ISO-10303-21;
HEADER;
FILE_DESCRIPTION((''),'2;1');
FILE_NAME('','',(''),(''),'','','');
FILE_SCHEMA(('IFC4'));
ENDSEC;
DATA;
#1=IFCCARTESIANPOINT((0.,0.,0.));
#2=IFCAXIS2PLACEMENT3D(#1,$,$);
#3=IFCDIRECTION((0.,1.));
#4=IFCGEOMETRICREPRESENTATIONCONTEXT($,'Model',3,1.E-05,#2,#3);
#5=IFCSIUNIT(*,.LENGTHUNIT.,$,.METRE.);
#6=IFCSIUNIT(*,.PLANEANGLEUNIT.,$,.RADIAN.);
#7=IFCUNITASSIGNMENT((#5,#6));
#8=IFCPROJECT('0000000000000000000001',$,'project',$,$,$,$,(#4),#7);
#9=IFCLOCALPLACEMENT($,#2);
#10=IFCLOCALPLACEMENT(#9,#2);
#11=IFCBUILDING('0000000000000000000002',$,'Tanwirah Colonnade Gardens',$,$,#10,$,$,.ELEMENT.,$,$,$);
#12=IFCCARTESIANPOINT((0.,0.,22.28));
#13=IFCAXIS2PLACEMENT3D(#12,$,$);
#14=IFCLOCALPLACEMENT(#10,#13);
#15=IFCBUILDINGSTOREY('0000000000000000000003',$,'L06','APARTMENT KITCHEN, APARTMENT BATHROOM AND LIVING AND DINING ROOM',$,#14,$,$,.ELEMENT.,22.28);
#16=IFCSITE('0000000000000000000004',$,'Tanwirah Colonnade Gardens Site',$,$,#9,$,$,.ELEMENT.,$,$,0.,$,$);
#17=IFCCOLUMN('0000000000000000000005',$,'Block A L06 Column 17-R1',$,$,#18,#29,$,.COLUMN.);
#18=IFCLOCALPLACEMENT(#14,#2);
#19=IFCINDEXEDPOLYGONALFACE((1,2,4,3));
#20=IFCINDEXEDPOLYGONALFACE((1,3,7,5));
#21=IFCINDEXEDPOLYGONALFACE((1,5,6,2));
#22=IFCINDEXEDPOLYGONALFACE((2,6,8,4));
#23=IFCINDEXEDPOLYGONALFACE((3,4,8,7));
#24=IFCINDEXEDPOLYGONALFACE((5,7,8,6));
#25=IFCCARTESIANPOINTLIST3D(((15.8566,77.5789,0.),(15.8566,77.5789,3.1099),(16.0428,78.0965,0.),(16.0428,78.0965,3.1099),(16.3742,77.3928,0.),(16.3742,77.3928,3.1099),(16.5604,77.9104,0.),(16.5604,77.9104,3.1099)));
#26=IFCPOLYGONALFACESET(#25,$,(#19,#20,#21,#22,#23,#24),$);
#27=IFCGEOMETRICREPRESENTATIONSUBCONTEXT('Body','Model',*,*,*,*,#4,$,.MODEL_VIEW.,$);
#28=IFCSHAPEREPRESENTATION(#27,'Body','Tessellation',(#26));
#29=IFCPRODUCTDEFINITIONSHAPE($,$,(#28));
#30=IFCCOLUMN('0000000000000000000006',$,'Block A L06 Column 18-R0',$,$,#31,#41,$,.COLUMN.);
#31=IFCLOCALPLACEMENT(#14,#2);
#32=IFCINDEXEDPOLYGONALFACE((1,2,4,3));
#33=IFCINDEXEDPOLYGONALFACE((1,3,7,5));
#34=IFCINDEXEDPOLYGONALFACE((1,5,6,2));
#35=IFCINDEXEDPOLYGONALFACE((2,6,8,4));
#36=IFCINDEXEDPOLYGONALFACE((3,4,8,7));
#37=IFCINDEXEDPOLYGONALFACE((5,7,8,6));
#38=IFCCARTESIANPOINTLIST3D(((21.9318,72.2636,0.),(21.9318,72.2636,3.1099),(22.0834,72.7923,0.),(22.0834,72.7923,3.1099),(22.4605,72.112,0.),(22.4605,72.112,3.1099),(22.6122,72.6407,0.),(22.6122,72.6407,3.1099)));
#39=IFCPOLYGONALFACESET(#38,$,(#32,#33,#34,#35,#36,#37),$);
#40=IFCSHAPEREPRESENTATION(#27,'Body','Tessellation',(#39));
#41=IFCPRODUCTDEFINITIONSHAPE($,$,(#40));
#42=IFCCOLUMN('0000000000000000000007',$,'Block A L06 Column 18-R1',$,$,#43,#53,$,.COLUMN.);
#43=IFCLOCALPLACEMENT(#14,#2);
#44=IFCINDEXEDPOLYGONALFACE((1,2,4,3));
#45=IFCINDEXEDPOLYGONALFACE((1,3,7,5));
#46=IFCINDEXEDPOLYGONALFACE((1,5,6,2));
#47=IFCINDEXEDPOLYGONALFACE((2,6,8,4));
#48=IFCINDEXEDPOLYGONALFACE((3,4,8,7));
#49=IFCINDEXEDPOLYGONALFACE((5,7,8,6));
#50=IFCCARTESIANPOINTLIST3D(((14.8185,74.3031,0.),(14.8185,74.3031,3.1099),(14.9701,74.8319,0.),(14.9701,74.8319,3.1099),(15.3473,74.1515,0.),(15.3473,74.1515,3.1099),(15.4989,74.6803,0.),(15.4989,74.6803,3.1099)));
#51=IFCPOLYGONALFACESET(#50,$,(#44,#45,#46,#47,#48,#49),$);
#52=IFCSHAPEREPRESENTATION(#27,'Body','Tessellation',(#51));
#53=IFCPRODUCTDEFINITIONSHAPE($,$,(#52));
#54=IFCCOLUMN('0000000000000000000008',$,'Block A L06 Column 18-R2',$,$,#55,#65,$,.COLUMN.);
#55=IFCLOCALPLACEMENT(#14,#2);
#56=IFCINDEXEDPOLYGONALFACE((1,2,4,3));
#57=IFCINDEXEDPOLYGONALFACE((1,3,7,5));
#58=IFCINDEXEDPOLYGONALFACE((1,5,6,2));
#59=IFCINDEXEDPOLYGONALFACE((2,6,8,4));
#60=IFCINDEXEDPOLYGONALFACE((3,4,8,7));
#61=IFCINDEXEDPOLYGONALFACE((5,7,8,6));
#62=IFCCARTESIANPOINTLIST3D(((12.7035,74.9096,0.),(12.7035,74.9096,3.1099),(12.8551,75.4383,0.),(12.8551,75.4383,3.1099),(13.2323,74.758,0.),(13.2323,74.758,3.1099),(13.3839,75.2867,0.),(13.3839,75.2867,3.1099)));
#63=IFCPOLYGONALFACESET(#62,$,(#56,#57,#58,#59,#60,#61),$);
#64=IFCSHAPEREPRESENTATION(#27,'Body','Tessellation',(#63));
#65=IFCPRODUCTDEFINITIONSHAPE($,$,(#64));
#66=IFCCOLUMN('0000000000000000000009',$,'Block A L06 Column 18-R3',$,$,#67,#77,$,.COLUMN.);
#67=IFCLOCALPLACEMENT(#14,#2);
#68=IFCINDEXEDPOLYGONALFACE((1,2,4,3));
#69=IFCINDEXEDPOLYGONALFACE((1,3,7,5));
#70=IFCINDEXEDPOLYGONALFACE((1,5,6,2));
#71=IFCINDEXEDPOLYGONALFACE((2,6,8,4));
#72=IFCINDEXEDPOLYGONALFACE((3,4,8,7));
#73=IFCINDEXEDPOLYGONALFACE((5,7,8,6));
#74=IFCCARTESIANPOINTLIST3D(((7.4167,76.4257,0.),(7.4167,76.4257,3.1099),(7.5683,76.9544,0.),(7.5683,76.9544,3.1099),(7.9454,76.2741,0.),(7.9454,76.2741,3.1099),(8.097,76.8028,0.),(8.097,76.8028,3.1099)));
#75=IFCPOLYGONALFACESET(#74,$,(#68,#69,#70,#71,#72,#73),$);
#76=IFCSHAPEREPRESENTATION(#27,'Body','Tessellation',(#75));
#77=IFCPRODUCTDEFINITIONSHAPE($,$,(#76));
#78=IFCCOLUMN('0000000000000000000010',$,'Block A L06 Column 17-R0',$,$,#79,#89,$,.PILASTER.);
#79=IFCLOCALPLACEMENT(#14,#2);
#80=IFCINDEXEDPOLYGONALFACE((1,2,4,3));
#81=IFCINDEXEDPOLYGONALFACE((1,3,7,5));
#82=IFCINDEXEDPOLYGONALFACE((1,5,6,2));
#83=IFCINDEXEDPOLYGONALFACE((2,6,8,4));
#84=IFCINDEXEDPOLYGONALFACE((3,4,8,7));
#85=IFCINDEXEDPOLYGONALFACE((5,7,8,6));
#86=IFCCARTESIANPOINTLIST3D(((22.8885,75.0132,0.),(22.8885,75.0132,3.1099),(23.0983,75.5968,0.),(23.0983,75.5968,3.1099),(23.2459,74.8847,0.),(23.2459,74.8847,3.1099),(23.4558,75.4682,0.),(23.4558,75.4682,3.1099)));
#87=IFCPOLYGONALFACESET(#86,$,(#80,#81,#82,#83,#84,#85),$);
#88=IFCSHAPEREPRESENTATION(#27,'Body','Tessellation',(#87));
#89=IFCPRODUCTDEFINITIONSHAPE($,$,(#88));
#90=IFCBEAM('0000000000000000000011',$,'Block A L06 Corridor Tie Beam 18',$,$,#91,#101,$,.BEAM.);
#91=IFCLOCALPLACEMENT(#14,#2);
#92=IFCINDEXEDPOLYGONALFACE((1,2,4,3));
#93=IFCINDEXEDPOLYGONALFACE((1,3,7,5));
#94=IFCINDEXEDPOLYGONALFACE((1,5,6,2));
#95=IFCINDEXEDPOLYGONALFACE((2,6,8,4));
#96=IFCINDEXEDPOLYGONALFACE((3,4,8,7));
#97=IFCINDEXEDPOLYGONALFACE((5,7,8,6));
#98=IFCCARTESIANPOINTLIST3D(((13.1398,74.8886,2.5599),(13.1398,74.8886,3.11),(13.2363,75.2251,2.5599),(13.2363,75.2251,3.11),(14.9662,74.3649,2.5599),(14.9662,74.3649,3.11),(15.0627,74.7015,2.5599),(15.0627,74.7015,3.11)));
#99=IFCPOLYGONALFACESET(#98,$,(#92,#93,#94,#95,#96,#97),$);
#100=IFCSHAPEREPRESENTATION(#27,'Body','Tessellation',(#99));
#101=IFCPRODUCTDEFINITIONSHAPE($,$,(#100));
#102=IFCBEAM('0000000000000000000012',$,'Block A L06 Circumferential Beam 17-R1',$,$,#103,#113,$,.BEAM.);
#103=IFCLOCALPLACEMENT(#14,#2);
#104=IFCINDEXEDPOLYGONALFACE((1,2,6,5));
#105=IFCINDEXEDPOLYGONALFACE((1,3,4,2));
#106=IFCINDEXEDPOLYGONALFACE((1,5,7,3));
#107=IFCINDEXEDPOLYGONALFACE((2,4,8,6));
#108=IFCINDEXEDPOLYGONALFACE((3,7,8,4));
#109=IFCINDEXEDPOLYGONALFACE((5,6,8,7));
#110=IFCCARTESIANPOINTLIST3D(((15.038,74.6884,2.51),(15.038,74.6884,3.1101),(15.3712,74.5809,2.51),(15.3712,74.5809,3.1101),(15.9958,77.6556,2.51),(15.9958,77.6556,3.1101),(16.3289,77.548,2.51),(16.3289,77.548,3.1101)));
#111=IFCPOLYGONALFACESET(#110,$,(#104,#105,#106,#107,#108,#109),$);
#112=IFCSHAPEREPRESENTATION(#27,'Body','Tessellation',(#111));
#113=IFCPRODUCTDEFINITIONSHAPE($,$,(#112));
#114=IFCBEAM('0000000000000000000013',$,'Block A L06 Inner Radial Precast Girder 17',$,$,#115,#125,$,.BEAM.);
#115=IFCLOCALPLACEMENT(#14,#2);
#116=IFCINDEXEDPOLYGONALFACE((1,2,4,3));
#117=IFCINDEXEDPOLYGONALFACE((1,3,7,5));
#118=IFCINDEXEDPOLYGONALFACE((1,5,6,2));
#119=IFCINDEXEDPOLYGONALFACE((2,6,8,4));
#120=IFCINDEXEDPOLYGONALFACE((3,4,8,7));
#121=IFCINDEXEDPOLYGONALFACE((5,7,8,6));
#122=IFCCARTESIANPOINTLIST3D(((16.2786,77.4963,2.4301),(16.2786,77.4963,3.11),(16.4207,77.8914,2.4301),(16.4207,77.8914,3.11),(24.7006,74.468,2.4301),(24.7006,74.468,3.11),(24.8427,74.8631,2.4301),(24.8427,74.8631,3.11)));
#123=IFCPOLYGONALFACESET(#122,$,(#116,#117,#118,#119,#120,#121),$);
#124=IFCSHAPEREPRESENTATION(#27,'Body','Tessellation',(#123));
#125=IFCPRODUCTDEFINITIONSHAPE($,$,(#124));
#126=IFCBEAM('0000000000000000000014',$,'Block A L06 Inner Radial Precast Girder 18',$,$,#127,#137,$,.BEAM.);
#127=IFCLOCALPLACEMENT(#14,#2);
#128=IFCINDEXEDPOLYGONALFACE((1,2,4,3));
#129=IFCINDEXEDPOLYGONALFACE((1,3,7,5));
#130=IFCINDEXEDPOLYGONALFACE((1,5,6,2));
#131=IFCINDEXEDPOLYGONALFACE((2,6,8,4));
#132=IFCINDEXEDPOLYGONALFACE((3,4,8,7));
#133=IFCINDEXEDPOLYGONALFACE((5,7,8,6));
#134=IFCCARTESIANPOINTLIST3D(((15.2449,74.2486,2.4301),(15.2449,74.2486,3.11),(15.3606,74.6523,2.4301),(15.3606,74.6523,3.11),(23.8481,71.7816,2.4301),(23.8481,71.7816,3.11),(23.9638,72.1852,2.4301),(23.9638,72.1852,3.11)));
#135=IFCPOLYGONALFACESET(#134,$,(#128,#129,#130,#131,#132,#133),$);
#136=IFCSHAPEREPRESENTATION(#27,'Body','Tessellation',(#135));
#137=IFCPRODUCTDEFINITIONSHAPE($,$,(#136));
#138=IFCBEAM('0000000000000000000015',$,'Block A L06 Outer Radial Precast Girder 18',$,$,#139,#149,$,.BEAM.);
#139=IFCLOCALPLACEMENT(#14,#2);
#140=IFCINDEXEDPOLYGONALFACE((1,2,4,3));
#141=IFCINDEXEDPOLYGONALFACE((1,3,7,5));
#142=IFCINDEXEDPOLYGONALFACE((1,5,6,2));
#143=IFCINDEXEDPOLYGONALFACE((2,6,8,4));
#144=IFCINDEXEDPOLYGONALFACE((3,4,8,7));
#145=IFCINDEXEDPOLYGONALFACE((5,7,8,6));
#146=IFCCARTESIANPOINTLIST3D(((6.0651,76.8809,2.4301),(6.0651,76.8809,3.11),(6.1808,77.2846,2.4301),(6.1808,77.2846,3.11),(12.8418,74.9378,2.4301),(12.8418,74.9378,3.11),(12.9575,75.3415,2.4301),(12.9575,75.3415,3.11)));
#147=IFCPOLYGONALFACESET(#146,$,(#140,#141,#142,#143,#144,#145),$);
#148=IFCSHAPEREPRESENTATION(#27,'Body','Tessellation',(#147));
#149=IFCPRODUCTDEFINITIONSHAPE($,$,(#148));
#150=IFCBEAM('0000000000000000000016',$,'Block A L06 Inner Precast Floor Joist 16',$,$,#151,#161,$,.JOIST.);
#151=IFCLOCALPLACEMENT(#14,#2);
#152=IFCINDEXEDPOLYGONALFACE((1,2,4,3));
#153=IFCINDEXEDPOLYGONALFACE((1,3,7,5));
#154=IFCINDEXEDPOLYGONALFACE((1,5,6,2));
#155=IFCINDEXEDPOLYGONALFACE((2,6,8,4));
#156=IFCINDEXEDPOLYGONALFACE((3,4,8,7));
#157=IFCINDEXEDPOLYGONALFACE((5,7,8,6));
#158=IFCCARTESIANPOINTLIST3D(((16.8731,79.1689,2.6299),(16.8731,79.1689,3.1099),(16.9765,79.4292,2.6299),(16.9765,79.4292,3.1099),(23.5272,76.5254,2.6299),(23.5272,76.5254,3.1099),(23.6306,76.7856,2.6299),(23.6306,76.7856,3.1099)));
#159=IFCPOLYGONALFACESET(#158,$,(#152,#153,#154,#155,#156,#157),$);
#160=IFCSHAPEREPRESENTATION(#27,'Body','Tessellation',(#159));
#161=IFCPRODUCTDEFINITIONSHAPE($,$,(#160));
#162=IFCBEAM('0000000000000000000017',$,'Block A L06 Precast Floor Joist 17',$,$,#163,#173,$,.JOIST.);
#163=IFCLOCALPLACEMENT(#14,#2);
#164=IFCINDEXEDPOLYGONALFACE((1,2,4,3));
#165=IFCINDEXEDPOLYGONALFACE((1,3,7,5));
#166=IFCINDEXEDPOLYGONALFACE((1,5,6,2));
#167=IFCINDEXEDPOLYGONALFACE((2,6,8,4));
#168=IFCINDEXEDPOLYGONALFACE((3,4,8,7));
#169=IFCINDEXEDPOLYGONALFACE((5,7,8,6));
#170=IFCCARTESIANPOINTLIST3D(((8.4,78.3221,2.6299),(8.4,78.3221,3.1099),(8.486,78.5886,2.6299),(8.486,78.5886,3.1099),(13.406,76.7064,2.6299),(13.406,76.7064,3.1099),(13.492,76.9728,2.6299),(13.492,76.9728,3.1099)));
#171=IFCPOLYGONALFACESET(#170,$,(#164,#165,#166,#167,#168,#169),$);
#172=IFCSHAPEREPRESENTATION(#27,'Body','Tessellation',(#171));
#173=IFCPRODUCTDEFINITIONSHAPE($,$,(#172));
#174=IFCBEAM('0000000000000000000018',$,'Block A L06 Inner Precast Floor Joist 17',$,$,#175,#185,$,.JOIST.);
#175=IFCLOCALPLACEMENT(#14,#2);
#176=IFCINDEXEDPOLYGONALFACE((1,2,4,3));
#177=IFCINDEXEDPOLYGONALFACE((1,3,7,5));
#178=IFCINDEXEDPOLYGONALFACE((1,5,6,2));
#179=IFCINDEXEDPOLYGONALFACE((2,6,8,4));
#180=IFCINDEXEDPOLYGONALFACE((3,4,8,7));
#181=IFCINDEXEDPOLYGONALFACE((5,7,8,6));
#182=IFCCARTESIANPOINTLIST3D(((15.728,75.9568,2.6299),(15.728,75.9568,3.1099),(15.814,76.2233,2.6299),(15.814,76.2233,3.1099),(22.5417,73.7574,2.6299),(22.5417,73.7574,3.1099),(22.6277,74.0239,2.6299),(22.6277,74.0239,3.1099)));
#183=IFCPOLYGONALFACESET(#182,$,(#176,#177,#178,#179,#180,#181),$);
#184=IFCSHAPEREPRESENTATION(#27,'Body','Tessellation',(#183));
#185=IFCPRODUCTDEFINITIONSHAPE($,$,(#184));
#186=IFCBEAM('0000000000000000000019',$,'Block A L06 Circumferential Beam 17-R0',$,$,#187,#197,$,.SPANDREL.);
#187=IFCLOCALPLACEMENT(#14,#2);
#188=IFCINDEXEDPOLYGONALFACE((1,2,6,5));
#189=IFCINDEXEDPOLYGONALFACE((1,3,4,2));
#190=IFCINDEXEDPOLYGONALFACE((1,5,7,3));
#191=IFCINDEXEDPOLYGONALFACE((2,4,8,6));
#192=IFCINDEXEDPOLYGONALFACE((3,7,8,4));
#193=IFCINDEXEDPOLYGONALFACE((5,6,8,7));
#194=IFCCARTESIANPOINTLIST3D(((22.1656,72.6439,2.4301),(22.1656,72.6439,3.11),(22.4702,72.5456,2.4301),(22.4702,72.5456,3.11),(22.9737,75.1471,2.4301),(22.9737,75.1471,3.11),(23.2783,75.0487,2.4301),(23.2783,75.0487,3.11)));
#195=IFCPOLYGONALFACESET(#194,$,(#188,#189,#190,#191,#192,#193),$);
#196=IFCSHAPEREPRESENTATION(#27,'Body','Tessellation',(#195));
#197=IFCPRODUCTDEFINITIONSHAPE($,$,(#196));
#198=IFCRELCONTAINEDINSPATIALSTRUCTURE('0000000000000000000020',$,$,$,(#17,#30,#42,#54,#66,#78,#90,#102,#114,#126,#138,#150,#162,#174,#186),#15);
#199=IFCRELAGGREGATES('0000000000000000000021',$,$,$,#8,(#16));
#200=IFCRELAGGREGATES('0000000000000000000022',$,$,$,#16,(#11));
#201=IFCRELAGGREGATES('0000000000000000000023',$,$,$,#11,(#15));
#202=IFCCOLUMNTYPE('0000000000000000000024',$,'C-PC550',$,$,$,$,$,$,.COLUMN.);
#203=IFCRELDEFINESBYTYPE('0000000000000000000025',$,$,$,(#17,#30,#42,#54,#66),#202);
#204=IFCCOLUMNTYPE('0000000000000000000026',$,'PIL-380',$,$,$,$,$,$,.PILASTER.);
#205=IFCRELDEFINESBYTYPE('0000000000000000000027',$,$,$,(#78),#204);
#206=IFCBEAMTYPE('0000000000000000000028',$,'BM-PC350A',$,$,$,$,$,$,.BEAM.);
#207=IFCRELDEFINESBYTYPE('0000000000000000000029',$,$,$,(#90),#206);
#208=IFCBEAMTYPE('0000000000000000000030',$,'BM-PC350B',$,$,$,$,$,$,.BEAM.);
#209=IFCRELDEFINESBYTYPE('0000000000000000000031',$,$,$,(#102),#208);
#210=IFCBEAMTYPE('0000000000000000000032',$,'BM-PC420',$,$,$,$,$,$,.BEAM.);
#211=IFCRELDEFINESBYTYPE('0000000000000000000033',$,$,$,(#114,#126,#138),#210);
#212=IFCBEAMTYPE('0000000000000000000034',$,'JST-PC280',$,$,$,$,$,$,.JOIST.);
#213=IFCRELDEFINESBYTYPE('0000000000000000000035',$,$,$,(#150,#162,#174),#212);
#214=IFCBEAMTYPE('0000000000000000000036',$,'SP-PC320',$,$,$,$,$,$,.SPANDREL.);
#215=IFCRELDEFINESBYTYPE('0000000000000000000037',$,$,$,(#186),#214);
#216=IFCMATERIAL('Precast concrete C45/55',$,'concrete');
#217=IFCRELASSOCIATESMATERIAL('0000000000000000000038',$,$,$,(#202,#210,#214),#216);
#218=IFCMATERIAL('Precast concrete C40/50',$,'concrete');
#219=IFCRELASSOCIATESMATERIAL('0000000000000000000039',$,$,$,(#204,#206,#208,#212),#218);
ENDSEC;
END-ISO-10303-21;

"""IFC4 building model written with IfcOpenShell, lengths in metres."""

from ifc_helpers import new_model, si_unit, direction, frame, origin, origin_2d, place, context, subcontext, project, spatial, rectangle, extrude, material, material_profile, profile_set, type_object, element, save


model = new_model("IFC4")

# Units and contexts
model_context = context("Model", 3, precision=1e-05, world=origin(), true_north=direction((0.0, 1.0)))
body_context = subcontext(model_context, "Body", "Model", "MODEL_VIEW")
ifc_project = project(units=[si_unit("LENGTHUNIT", "METRE"), si_unit("PLANEANGLEUNIT", "RADIAN")], contexts=[model_context])

# Site, building, storey
site_placement = place(None, origin())
site = spatial("IfcSite", under=ifc_project, at=site_placement, Name="Tanwirah Colonnade Gardens Site", CompositionType="ELEMENT", RefElevation=0.0)
building_placement = place(site_placement, origin())
building = spatial("IfcBuilding", under=site, at=building_placement, Name="Tanwirah Colonnade Gardens", CompositionType="ELEMENT")
storey_placement = place(building_placement, frame((0.0, 0.0, 22.28)))
storey = spatial("IfcBuildingStorey", under=building, at=storey_placement, Name="L06", Description="APARTMENT KITCHEN, APARTMENT BATHROOM AND LIVING AND DINING ROOM", CompositionType="ELEMENT", Elevation=22.28)

# Columns
ifc_material_1 = material(Name="Precast concrete C45/55", Category="concrete")
ifc_material_profile_1 = material_profile(ifc_material_1, rectangle(XDim=0.55, YDim=0.55, at=origin_2d()), Name="PC-COL 550x550")
ifc_profile_set_1 = profile_set([ifc_material_profile_1], Name="Precast concrete C45/55")
column_type_1 = type_object("IfcColumnType", Name="C-PC550", PredefinedType="COLUMN", material=ifc_profile_set_1)
for number, where, z_axis, x_axis, name in (
    (1, (16.2085, 77.7446, 0.0), (0.0, 0.0, 1.0), (-0.941012, 0.338373, 0.0), "Block A L06 Column 17-R1"),
    (2, (22.272, 72.4521, 0.0), (0.0, 0.0, 1.0), (-0.961262, 0.275637, 0.0), "Block A L06 Column 18-R0"),
    (3, (15.1587, 74.4917, 0.0), (0.0, 0.0, 1.0), (-0.961262, 0.275637, 0.0), "Block A L06 Column 18-R1"),
    (4, (13.0437, 75.0981, 0.0), (0.0, 0.0, 1.0), (-0.961262, 0.275637, 0.0), "Block A L06 Column 18-R2"),
    (5, (7.7568, 76.6143, 0.0), (0.0, 0.0, 1.0), (-0.961262, 0.275637, 0.0), "Block A L06 Column 18-R3"),
):
    element("IfcColumn", number, at=place(storey_placement, frame(where, z_axis=z_axis, x_axis=x_axis)), inside=storey, type_object=column_type_1, Name=name, PredefinedType="COLUMN", context=body_context, shape_type="SweptSolid", body=[
        extrude(rectangle(XDim=0.55, YDim=0.55, at=origin_2d()), origin(), (0.0, 0.0, 1.0), 3.1099),
    ])
ifc_material_2 = material(Name="Precast concrete C40/50", Category="concrete")
ifc_material_profile_2 = material_profile(ifc_material_2, rectangle(XDim=0.3799, YDim=0.6201, at=origin_2d()), Name="PC-PIL 380x620")
ifc_profile_set_2 = profile_set([ifc_material_profile_2], Name="Precast concrete C40/50")
column_type_2 = type_object("IfcColumnType", Name="PIL-380", PredefinedType="PILASTER", material=ifc_profile_set_2)
column_placement = place(storey_placement, frame((23.1721, 75.2407, 0.0), z_axis=(0.0, 0.0, 1.0), x_axis=(-0.941012, 0.338373, 0.0)))
element("IfcColumn", 6, at=column_placement, inside=storey, type_object=column_type_2, Name="Block A L06 Column 17-R0", PredefinedType="PILASTER", context=body_context, shape_type="SweptSolid", body=[
    extrude(rectangle(XDim=0.3799, YDim=0.6201, at=origin_2d()), origin(), (0.0, 0.0, 1.0), 3.1099),
])

# Beams
ifc_material_profile_3 = material_profile(ifc_material_2, rectangle(XDim=0.3501, YDim=0.55, at=origin_2d()), Name="PC-BM 350x550")
ifc_profile_set_3 = profile_set([ifc_material_profile_3], Name="Precast concrete C40/50")
beam_type_1 = type_object("IfcBeamType", Name="BM-PC350A", PredefinedType="BEAM", material=ifc_profile_set_3)
beam_1_placement = place(storey_placement, frame((15.0144, 74.5332, 2.835), z_axis=(-0.961267, 0.27562, 0.0), x_axis=(-0.27562, -0.961267, 0.0)))
element("IfcBeam", 7, at=beam_1_placement, inside=storey, type_object=beam_type_1, Name="Block A L06 Corridor Tie Beam 18", PredefinedType="BEAM", context=body_context, shape_type="SweptSolid", body=[
    extrude(rectangle(XDim=0.3501, YDim=0.55, at=origin_2d()), origin(), (0.0, 0.0, 1.0), 1.8999),
])
ifc_material_profile_4 = material_profile(ifc_material_2, rectangle(XDim=0.3501, YDim=0.6001, at=origin_2d()), Name="PC-BM 350x600")
ifc_profile_set_4 = profile_set([ifc_material_profile_4], Name="Precast concrete C40/50")
beam_type_2 = type_object("IfcBeamType", Name="BM-PC350B", PredefinedType="BEAM", material=ifc_profile_set_4)
beam_2_placement = place(storey_placement, frame((16.1624, 77.6018, 2.8101), z_axis=(-0.30717, -0.951655, 0.0), x_axis=(0.951655, -0.30717, 0.0)))
element("IfcBeam", 8, at=beam_2_placement, inside=storey, type_object=beam_type_2, Name="Block A L06 Circumferential Beam 17-R1", PredefinedType="BEAM", context=body_context, shape_type="SweptSolid", body=[
    extrude(rectangle(XDim=0.3501, YDim=0.6001, at=origin_2d()), origin(), (0.0, 0.0, 1.0), 3.1179),
])
ifc_material_profile_5 = material_profile(ifc_material_1, rectangle(XDim=0.4199, YDim=0.6799, at=origin_2d()), Name="PC-BM 420x680")
ifc_profile_set_5 = profile_set([ifc_material_profile_5], Name="Precast concrete C45/55")
beam_type_3 = type_object("IfcBeamType", Name="BM-PC420", PredefinedType="BEAM", material=ifc_profile_set_5)
for number, where, z_axis, x_axis, name in (
    (9, (16.3496, 77.6938, 2.77), (0.941017, -0.338359, 0.0), (0.338359, 0.941017, 0.0), "Block A L06 Inner Radial Precast Girder 17"),
    (10, (15.3027, 74.4504, 2.77), (0.961259, -0.275647, 0.0), (0.275647, 0.961259, 0.0), "Block A L06 Inner Radial Precast Girder 18"),
):
    element("IfcBeam", number, at=place(storey_placement, frame(where, z_axis=z_axis, x_axis=x_axis)), inside=storey, type_object=beam_type_3, Name=name, PredefinedType="BEAM", context=body_context, shape_type="SweptSolid", body=[
        extrude(rectangle(XDim=0.4199, YDim=0.6799, at=origin_2d()), origin(), (0.0, 0.0, 1.0), 8.95),
    ])
beam_3_placement = place(storey_placement, frame((12.8997, 75.1396, 2.77), z_axis=(-0.961266, 0.275622, 0.0), x_axis=(-0.275622, -0.961266, 0.0)))
element("IfcBeam", 11, at=beam_3_placement, inside=storey, type_object=beam_type_3, Name="Block A L06 Outer Radial Precast Girder 18", PredefinedType="BEAM", context=body_context, shape_type="SweptSolid", body=[
    extrude(rectangle(XDim=0.4199, YDim=0.6799, at=origin_2d()), origin(), (0.0, 0.0, 1.0), 7.0498),
])
ifc_material_profile_6 = material_profile(ifc_material_2, rectangle(XDim=0.28, YDim=0.48, at=origin_2d()), Name="PC-JST 280x480")
ifc_profile_set_6 = profile_set([ifc_material_profile_6], Name="Precast concrete C40/50")
beam_type_4 = type_object("IfcBeamType", Name="JST-PC280", PredefinedType="JOIST", material=ifc_profile_set_6)
beam_4_placement = place(storey_placement, frame((23.5789, 76.6555, 2.8699), z_axis=(-0.929344, 0.369214, 0.0), x_axis=(-0.369214, -0.929344, 0.0)))
element("IfcBeam", 12, at=beam_4_placement, inside=storey, type_object=beam_type_4, Name="Block A L06 Inner Precast Floor Joist 16", PredefinedType="JOIST", context=body_context, shape_type="SweptSolid", body=[
    extrude(rectangle(XDim=0.28, YDim=0.48, at=origin_2d()), origin(), (0.0, 0.0, 1.0), 7.1599),
])
beam_5_placement = place(storey_placement, frame((13.449, 76.8396, 2.8699), z_axis=(-0.951657, 0.307163, 0.0), x_axis=(-0.307163, -0.951657, 0.0)))
element("IfcBeam", 13, at=beam_5_placement, inside=storey, type_object=beam_type_4, Name="Block A L06 Precast Floor Joist 17", PredefinedType="JOIST", context=body_context, shape_type="SweptSolid", body=[
    extrude(rectangle(XDim=0.28, YDim=0.48, at=origin_2d()), origin(), (0.0, 0.0, 1.0), 5.2603),
])
beam_6_placement = place(storey_placement, frame((22.5847, 73.8906, 2.8699), z_axis=(-0.951648, 0.307191, 0.0), x_axis=(-0.307191, -0.951648, 0.0)))
element("IfcBeam", 14, at=beam_6_placement, inside=storey, type_object=beam_type_4, Name="Block A L06 Inner Precast Floor Joist 17", PredefinedType="JOIST", context=body_context, shape_type="SweptSolid", body=[
    extrude(rectangle(XDim=0.28, YDim=0.48, at=origin_2d()), origin(), (0.0, 0.0, 1.0), 7.1599),
])
ifc_material_profile_7 = material_profile(ifc_material_1, rectangle(XDim=0.3201, YDim=0.6799, at=origin_2d()), Name="PC-SP 320x680")
ifc_profile_set_7 = profile_set([ifc_material_profile_7], Name="Precast concrete C45/55")
beam_type_5 = type_object("IfcBeamType", Name="SP-PC320", PredefinedType="SPANDREL", material=ifc_profile_set_7)
beam_7_placement = place(storey_placement, frame((23.126, 75.0979, 2.77), z_axis=(-0.30722, -0.951639, 0.0), x_axis=(0.951639, -0.30722, 0.0)))
element("IfcBeam", 15, at=beam_7_placement, inside=storey, type_object=beam_type_5, Name="Block A L06 Circumferential Beam 17-R0", PredefinedType="SPANDREL", context=body_context, shape_type="SweptSolid", body=[
    extrude(rectangle(XDim=0.3201, YDim=0.6799, at=origin_2d()), origin(), (0.0, 0.0, 1.0), 2.6304),
])

save(model, "model.ifc")
